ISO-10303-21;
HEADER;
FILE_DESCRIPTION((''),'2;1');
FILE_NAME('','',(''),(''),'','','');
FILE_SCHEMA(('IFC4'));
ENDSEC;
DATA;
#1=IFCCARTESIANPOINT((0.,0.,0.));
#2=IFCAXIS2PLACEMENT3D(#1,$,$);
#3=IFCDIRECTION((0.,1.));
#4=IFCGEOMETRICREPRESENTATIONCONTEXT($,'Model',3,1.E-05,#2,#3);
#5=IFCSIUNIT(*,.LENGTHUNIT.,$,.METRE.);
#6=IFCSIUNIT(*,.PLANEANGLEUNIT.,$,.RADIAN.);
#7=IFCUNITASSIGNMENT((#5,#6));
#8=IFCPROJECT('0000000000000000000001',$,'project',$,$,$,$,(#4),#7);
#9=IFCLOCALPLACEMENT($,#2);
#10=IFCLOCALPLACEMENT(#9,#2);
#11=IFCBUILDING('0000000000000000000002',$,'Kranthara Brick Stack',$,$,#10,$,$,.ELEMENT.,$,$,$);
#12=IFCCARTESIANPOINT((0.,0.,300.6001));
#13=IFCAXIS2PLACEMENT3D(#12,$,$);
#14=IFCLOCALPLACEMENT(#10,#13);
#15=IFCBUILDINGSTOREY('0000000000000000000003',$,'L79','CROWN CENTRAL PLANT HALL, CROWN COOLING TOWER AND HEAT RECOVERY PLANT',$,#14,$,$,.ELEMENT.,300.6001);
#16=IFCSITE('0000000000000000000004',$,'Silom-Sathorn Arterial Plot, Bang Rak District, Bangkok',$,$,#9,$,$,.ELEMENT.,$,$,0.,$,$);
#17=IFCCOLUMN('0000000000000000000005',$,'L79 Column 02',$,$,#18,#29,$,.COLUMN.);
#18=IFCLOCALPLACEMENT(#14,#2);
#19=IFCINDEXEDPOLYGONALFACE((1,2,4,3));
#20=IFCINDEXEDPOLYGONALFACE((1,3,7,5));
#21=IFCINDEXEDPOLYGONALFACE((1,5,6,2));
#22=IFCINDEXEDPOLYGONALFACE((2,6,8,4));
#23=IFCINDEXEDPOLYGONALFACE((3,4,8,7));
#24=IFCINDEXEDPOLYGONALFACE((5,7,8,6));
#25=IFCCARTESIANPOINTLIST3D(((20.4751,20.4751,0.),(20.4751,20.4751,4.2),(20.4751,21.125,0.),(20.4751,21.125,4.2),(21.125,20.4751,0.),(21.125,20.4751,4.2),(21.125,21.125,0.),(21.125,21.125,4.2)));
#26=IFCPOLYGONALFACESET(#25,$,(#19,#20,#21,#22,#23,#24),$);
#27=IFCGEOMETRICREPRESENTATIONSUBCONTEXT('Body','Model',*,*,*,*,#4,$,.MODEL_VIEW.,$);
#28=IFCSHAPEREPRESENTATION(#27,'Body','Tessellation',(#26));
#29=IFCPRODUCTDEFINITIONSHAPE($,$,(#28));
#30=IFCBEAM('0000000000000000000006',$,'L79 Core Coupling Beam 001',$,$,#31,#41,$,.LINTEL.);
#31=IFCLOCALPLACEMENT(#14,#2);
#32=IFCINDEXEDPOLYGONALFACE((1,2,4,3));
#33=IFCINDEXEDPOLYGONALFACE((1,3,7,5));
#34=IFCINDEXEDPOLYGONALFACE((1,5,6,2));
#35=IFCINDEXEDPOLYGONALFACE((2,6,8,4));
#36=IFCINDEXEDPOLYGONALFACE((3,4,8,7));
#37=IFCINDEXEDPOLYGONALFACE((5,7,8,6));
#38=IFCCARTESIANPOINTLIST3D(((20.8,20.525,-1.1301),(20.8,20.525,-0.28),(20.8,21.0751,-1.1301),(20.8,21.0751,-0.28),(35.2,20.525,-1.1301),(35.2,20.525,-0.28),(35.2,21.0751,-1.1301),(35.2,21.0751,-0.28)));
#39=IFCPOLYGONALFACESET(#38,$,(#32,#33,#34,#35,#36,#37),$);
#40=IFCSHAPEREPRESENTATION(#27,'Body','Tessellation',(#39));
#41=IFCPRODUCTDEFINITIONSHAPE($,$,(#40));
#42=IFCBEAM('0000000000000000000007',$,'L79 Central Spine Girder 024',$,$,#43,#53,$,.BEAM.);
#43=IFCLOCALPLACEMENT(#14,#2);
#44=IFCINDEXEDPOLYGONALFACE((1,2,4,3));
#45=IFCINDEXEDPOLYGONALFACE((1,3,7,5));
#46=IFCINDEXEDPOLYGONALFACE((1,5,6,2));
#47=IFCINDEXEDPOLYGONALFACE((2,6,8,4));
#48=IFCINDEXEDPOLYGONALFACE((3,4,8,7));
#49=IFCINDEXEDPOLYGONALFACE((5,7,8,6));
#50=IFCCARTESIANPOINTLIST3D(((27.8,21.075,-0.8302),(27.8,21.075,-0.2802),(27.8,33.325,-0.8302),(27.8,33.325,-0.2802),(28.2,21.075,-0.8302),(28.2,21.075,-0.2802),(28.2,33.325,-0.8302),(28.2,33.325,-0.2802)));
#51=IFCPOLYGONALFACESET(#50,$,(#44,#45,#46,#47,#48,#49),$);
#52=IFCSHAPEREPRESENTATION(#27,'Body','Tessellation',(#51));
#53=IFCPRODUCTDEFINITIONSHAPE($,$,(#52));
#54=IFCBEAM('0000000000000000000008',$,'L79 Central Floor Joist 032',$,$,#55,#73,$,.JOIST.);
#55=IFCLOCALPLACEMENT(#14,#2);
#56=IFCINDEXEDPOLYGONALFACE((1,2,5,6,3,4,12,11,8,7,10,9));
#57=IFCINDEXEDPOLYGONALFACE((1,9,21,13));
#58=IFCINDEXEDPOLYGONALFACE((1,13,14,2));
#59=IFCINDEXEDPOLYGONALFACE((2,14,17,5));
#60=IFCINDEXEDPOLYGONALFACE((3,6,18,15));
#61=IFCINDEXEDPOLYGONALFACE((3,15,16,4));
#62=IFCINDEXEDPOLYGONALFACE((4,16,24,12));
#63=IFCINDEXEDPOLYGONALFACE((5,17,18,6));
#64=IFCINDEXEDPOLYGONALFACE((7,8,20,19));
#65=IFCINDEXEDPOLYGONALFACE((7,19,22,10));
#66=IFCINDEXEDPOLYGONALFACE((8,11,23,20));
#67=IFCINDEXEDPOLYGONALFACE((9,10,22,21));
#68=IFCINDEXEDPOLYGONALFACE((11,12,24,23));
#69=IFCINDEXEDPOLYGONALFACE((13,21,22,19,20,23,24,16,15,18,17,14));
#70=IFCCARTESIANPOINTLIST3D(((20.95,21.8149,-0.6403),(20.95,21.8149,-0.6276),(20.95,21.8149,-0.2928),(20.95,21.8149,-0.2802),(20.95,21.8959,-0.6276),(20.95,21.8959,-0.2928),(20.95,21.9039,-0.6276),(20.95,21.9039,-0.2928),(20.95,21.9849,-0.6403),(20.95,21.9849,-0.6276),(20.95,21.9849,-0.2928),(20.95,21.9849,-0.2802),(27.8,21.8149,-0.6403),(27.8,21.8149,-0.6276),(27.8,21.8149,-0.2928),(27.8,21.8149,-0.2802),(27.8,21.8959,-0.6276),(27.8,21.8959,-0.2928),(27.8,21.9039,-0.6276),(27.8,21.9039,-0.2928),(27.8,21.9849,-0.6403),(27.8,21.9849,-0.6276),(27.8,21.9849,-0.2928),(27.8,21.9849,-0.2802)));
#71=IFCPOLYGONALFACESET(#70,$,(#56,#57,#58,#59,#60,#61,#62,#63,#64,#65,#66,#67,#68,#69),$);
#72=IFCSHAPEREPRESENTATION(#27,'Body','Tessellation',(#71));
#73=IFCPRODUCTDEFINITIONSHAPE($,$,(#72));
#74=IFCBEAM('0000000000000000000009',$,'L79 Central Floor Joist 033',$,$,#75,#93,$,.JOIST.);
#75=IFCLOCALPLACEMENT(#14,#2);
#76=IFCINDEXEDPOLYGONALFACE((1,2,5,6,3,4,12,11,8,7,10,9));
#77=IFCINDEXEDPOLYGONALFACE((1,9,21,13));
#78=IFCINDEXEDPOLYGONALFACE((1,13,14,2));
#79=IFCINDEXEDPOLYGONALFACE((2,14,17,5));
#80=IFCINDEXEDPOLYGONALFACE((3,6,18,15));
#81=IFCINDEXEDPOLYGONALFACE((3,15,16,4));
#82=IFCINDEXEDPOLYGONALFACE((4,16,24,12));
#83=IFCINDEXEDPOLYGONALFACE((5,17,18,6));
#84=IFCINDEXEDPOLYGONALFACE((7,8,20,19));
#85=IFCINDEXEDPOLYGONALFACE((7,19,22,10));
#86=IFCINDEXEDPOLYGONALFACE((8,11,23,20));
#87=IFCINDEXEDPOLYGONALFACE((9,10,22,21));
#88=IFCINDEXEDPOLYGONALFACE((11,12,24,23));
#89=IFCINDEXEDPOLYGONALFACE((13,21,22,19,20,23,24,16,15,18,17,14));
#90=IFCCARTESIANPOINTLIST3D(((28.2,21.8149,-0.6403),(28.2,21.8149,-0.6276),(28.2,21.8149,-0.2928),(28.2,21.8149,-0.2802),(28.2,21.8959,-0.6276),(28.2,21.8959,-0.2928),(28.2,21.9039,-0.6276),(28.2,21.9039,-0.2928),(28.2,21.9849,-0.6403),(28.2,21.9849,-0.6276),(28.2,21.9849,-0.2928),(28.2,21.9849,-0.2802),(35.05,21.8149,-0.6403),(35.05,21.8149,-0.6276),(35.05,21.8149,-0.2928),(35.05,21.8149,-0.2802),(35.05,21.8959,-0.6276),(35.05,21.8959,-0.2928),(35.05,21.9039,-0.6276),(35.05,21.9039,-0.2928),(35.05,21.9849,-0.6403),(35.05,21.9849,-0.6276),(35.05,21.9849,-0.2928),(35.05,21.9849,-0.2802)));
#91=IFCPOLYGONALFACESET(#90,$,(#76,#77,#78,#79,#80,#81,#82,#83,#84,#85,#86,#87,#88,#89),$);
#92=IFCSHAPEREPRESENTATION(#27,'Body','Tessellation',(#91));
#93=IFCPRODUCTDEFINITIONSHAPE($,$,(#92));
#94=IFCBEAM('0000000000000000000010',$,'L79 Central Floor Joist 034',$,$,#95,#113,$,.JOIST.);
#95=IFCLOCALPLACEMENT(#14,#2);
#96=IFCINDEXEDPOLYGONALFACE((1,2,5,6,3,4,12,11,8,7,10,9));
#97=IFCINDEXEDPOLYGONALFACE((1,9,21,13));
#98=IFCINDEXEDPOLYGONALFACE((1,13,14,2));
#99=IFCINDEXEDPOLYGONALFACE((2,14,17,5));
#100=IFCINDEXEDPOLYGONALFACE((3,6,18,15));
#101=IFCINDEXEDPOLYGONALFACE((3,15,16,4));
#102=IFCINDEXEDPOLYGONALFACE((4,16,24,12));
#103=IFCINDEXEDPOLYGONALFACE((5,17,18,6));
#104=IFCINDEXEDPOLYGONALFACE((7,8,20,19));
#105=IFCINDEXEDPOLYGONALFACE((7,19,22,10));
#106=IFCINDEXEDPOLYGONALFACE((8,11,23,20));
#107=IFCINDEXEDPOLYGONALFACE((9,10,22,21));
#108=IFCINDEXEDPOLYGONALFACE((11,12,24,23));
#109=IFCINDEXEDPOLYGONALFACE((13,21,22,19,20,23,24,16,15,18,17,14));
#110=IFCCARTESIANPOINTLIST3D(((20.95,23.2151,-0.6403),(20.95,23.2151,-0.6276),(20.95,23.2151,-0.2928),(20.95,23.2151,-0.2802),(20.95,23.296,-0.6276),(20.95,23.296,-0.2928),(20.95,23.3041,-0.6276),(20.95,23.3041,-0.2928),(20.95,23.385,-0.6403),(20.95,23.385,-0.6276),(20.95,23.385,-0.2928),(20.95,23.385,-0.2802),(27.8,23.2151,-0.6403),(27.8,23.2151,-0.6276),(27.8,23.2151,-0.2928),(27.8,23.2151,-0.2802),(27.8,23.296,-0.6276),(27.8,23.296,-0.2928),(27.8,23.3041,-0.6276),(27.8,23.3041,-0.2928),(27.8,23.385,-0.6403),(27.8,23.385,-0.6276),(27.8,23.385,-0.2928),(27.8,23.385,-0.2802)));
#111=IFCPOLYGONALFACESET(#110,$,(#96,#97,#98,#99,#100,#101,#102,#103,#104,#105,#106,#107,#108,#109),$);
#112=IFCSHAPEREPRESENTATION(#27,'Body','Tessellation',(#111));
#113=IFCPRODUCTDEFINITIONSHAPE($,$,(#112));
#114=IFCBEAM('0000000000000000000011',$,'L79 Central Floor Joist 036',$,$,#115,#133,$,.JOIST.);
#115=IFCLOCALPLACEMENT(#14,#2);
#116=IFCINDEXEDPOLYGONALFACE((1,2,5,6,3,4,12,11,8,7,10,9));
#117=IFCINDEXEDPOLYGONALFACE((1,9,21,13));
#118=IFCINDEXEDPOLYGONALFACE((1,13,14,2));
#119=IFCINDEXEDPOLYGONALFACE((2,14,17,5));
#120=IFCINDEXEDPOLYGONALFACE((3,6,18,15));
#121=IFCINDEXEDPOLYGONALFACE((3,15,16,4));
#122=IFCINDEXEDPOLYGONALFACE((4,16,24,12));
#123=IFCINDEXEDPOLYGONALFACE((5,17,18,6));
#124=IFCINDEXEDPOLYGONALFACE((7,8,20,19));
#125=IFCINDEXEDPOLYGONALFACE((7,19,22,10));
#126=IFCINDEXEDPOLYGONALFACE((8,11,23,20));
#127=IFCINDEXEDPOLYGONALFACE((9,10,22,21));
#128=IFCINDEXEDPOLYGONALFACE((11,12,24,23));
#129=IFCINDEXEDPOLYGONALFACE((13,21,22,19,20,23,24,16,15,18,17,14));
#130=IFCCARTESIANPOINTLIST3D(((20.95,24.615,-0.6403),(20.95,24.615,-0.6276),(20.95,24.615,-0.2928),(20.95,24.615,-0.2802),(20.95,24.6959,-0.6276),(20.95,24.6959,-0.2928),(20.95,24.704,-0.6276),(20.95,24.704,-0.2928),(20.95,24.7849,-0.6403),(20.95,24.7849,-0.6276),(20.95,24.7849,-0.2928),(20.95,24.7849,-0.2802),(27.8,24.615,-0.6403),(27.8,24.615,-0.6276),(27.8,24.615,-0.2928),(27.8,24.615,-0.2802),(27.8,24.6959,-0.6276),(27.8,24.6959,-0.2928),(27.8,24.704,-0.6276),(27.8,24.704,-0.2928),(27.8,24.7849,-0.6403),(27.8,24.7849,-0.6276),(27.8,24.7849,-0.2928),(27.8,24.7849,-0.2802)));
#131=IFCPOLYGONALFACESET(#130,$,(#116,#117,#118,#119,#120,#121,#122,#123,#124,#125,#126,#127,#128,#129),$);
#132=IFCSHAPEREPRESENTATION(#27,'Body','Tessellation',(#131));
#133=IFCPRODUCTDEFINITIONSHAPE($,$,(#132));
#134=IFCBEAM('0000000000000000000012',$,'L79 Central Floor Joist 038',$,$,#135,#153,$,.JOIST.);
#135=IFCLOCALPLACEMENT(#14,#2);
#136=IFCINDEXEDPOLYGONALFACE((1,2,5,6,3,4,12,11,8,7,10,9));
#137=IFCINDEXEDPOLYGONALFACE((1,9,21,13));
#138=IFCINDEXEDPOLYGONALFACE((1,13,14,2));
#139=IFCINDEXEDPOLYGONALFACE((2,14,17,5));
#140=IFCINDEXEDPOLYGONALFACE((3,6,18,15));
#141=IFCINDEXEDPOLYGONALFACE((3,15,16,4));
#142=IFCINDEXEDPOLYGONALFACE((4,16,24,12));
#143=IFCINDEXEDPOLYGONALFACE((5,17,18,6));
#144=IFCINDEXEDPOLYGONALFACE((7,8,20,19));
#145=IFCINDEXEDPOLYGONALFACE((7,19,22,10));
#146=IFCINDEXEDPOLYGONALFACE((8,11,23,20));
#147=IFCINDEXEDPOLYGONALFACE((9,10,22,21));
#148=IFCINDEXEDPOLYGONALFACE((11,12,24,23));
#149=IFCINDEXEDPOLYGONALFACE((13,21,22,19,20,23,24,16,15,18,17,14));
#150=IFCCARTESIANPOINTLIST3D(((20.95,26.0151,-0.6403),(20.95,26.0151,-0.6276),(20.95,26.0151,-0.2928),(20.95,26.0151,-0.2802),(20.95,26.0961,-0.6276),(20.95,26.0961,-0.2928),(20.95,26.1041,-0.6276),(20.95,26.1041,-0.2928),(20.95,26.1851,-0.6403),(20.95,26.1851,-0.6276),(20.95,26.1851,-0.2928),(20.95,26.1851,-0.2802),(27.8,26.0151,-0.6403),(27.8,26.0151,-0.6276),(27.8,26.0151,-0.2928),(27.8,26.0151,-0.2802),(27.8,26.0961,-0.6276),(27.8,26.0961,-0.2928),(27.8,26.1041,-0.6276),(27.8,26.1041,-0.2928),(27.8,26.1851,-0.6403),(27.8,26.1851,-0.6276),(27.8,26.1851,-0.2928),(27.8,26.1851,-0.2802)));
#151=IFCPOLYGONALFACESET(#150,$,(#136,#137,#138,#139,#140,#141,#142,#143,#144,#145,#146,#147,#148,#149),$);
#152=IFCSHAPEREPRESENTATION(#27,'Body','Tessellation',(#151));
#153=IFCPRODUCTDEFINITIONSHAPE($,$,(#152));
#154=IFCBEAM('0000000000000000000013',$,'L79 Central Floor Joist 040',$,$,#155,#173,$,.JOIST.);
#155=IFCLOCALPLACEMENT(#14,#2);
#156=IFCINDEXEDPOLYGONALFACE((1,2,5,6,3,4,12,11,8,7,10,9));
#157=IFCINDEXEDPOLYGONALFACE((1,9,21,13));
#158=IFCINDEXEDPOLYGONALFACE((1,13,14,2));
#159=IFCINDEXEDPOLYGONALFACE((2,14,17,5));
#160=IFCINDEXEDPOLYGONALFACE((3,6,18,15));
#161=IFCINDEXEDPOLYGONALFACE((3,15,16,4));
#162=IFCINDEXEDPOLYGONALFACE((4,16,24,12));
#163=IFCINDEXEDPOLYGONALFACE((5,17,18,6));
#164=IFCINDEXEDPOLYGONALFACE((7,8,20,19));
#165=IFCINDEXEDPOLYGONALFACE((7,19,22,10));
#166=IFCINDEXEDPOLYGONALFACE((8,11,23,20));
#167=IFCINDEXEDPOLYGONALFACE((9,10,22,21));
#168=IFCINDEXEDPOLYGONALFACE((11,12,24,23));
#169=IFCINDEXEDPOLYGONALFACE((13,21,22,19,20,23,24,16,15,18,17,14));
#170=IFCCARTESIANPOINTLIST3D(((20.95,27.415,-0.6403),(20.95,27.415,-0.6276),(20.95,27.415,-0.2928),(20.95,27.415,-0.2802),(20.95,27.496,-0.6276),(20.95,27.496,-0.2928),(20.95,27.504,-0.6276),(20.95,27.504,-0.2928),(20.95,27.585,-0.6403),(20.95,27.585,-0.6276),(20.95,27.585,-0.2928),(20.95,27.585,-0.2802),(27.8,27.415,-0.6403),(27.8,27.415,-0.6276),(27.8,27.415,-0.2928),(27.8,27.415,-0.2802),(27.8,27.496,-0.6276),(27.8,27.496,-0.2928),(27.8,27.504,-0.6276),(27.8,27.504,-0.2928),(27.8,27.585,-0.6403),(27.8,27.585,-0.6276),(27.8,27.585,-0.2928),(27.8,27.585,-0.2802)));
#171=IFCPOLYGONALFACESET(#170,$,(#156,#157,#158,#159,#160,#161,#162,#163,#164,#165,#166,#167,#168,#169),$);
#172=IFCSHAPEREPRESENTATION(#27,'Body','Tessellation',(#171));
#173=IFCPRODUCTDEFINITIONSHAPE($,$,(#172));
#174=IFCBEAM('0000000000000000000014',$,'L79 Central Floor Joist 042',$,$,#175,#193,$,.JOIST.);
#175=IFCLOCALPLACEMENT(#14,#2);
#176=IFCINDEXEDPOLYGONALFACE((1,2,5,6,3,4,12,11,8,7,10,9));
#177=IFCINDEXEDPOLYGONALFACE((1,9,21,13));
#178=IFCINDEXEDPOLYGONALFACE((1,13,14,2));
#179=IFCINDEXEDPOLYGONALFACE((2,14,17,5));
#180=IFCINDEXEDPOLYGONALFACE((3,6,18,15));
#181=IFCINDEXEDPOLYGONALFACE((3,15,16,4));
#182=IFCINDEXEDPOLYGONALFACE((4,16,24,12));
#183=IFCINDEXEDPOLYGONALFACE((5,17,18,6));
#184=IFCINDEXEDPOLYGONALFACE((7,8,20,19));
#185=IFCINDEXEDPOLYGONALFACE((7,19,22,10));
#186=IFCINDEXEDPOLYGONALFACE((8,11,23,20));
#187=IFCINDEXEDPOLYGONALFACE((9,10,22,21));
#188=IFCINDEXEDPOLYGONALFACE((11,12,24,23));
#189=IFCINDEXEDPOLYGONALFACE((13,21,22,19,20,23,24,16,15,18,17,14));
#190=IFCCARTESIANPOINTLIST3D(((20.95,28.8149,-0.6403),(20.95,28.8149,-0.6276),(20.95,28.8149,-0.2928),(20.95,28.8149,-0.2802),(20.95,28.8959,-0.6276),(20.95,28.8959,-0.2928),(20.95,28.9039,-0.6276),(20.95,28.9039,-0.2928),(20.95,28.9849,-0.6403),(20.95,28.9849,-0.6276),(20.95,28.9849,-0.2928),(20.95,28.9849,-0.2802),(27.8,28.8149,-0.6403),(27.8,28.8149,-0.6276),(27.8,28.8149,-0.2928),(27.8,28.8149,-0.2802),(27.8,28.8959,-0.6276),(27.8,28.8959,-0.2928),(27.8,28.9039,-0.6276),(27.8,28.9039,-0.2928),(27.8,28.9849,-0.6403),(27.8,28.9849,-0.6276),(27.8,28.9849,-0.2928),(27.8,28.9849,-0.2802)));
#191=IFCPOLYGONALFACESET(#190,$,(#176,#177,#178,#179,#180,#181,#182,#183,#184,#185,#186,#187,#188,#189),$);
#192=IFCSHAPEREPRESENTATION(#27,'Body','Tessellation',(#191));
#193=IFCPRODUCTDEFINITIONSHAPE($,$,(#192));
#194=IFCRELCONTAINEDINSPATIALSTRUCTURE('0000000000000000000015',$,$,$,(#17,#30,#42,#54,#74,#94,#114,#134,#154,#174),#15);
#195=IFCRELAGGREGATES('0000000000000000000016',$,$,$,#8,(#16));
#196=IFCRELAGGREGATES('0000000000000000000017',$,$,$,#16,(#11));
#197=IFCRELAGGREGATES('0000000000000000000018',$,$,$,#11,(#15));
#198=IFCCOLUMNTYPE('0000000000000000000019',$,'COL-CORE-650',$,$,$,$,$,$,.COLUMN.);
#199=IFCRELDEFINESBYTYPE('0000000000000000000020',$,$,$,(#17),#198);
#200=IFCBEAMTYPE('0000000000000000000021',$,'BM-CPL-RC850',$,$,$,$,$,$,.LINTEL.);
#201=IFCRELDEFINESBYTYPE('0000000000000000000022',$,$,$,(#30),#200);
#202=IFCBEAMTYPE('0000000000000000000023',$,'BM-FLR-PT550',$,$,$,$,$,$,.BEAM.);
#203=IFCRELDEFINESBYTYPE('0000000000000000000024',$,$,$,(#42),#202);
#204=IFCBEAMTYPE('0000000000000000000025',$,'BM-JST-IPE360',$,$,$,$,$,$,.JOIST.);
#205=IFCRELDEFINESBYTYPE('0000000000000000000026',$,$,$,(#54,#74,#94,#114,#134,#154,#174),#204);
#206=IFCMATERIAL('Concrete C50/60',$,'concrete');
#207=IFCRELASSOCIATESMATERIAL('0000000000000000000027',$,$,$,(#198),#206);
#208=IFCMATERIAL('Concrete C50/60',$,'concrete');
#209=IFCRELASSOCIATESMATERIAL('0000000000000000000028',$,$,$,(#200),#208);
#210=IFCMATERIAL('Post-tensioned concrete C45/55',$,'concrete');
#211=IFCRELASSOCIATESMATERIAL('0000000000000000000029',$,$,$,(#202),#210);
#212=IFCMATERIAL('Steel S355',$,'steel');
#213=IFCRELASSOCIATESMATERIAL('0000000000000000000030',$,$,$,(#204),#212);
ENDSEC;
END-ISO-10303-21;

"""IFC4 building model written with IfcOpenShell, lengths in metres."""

from ifc_helpers import new_model, si_unit, direction, frame, origin, origin_2d, place, context, subcontext, project, spatial, rectangle, i_section, extrude, material, material_profile, profile_set, type_object, element, save


model = new_model("IFC4")

# Units and contexts
model_context = context("Model", 3, precision=1e-05, world=origin(), true_north=direction((0.0, 1.0)))
body_context = subcontext(model_context, "Body", "Model", "MODEL_VIEW")
ifc_project = project(units=[si_unit("LENGTHUNIT", "METRE"), si_unit("PLANEANGLEUNIT", "RADIAN")], contexts=[model_context])

# Site, building, storey
site_placement = place(None, origin())
site = spatial("IfcSite", under=ifc_project, at=site_placement, Name="Silom-Sathorn Arterial Plot, Bang Rak District, Bangkok", CompositionType="ELEMENT", RefElevation=0.0)
building_placement = place(site_placement, origin())
building = spatial("IfcBuilding", under=site, at=building_placement, Name="Kranthara Brick Stack", CompositionType="ELEMENT")
storey_placement = place(building_placement, frame((0.0, 0.0, 300.6001)))
storey = spatial("IfcBuildingStorey", under=building, at=storey_placement, Name="L79", Description="CROWN CENTRAL PLANT HALL, CROWN COOLING TOWER AND HEAT RECOVERY PLANT", CompositionType="ELEMENT", Elevation=300.6001)

# Column
ifc_material_1 = material(Name="Concrete C50/60", Category="concrete")
ifc_material_profile_1 = material_profile(ifc_material_1, rectangle(XDim=0.6499, YDim=0.6499, at=origin_2d()), Name="RC 650x650")
ifc_profile_set_1 = profile_set([ifc_material_profile_1], Name="Concrete C50/60")
column_type = type_object("IfcColumnType", Name="COL-CORE-650", PredefinedType="COLUMN", material=ifc_profile_set_1)
column_placement = place(storey_placement, frame((20.8, 20.8, 0.0), z_axis=(0.0, 0.0, 1.0), x_axis=(1.0, 0.0, 0.0)))
element("IfcColumn", 1, at=column_placement, inside=storey, type_object=column_type, Name="L79 Column 02", PredefinedType="COLUMN", context=body_context, shape_type="SweptSolid", body=[
    extrude(rectangle(XDim=0.6499, YDim=0.6499, at=origin_2d()), origin(), (0.0, 0.0, 1.0), 4.2),
])

# Beams
ifc_material_2 = material(Name="Concrete C50/60", Category="concrete")
ifc_material_profile_2 = material_profile(ifc_material_2, rectangle(XDim=0.55, YDim=0.8501, at=origin_2d()), Name="RC 550x850")
ifc_profile_set_2 = profile_set([ifc_material_profile_2], Name="Concrete C50/60")
beam_type_1 = type_object("IfcBeamType", Name="BM-CPL-RC850", PredefinedType="LINTEL", material=ifc_profile_set_2)
beam_1_placement = place(storey_placement, frame((20.8, 20.8, -0.7051), z_axis=(1.0, 0.0, 0.0), x_axis=(0.0, 1.0, 0.0)))
element("IfcBeam", 2, at=beam_1_placement, inside=storey, type_object=beam_type_1, Name="L79 Core Coupling Beam 001", PredefinedType="LINTEL", context=body_context, shape_type="SweptSolid", body=[
    extrude(rectangle(XDim=0.55, YDim=0.8501, at=origin_2d()), origin(), (0.0, 0.0, 1.0), 14.3999),
])
ifc_material_3 = material(Name="Post-tensioned concrete C45/55", Category="concrete")
ifc_material_profile_3 = material_profile(ifc_material_3, rectangle(XDim=0.3999, YDim=0.55, at=origin_2d()), Name="PT 400x550")
ifc_profile_set_3 = profile_set([ifc_material_profile_3], Name="Post-tensioned concrete C45/55")
beam_type_2 = type_object("IfcBeamType", Name="BM-FLR-PT550", PredefinedType="BEAM", material=ifc_profile_set_3)
beam_2_placement = place(storey_placement, frame((28.0, 21.075, -0.5552), z_axis=(0.0, 1.0, 0.0), x_axis=(-1.0, 0.0, 0.0)))
element("IfcBeam", 3, at=beam_2_placement, inside=storey, type_object=beam_type_2, Name="L79 Central Spine Girder 024", PredefinedType="BEAM", context=body_context, shape_type="SweptSolid", body=[
    extrude(rectangle(XDim=0.3999, YDim=0.55, at=origin_2d()), origin(), (0.0, 0.0, 1.0), 12.25),
])
ifc_material_4 = material(Name="Steel S355", Category="steel")
ifc_material_profile_4 = material_profile(ifc_material_4, i_section(OverallWidth=0.1699, OverallDepth=0.3601, WebThickness=0.0081, FlangeThickness=0.0127, at=origin_2d()), Name="IPE 360")
ifc_profile_set_4 = profile_set([ifc_material_profile_4], Name="Steel S355")
beam_type_3 = type_object("IfcBeamType", Name="BM-JST-IPE360", PredefinedType="JOIST", material=ifc_profile_set_4)
for number, where, z_axis, x_axis, name in (
    (4, (20.95, 21.8999, -0.4602), (1.0, 0.0, 0.0), (0.0, 1.0, 0.0), "L79 Central Floor Joist 032"),
    (5, (28.2, 21.8999, -0.4602), (1.0, 0.0, 0.0), (0.0, 1.0, 0.0), "L79 Central Floor Joist 033"),
    (6, (20.95, 23.3, -0.4602), (1.0, 0.0, 0.0), (0.0, 1.0, 0.0), "L79 Central Floor Joist 034"),
    (7, (20.95, 24.7, -0.4602), (1.0, 0.0, 0.0), (0.0, 1.0, 0.0), "L79 Central Floor Joist 036"),
    (8, (20.95, 26.1001, -0.4602), (1.0, 0.0, 0.0), (0.0, 1.0, 0.0), "L79 Central Floor Joist 038"),
    (9, (20.95, 27.5, -0.4602), (1.0, 0.0, 0.0), (0.0, 1.0, 0.0), "L79 Central Floor Joist 040"),
    (10, (20.95, 28.8999, -0.4602), (1.0, 0.0, 0.0), (0.0, 1.0, 0.0), "L79 Central Floor Joist 042"),
):
    element("IfcBeam", number, at=place(storey_placement, frame(where, z_axis=z_axis, x_axis=x_axis)), inside=storey, type_object=beam_type_3, Name=name, PredefinedType="JOIST", context=body_context, shape_type="SweptSolid", body=[
        extrude(i_section(OverallWidth=0.1699, OverallDepth=0.3601, WebThickness=0.0081, FlangeThickness=0.0127, at=origin_2d()), origin(), (0.0, 0.0, 1.0), 6.8501),
    ])

save(model, "model.ifc")
